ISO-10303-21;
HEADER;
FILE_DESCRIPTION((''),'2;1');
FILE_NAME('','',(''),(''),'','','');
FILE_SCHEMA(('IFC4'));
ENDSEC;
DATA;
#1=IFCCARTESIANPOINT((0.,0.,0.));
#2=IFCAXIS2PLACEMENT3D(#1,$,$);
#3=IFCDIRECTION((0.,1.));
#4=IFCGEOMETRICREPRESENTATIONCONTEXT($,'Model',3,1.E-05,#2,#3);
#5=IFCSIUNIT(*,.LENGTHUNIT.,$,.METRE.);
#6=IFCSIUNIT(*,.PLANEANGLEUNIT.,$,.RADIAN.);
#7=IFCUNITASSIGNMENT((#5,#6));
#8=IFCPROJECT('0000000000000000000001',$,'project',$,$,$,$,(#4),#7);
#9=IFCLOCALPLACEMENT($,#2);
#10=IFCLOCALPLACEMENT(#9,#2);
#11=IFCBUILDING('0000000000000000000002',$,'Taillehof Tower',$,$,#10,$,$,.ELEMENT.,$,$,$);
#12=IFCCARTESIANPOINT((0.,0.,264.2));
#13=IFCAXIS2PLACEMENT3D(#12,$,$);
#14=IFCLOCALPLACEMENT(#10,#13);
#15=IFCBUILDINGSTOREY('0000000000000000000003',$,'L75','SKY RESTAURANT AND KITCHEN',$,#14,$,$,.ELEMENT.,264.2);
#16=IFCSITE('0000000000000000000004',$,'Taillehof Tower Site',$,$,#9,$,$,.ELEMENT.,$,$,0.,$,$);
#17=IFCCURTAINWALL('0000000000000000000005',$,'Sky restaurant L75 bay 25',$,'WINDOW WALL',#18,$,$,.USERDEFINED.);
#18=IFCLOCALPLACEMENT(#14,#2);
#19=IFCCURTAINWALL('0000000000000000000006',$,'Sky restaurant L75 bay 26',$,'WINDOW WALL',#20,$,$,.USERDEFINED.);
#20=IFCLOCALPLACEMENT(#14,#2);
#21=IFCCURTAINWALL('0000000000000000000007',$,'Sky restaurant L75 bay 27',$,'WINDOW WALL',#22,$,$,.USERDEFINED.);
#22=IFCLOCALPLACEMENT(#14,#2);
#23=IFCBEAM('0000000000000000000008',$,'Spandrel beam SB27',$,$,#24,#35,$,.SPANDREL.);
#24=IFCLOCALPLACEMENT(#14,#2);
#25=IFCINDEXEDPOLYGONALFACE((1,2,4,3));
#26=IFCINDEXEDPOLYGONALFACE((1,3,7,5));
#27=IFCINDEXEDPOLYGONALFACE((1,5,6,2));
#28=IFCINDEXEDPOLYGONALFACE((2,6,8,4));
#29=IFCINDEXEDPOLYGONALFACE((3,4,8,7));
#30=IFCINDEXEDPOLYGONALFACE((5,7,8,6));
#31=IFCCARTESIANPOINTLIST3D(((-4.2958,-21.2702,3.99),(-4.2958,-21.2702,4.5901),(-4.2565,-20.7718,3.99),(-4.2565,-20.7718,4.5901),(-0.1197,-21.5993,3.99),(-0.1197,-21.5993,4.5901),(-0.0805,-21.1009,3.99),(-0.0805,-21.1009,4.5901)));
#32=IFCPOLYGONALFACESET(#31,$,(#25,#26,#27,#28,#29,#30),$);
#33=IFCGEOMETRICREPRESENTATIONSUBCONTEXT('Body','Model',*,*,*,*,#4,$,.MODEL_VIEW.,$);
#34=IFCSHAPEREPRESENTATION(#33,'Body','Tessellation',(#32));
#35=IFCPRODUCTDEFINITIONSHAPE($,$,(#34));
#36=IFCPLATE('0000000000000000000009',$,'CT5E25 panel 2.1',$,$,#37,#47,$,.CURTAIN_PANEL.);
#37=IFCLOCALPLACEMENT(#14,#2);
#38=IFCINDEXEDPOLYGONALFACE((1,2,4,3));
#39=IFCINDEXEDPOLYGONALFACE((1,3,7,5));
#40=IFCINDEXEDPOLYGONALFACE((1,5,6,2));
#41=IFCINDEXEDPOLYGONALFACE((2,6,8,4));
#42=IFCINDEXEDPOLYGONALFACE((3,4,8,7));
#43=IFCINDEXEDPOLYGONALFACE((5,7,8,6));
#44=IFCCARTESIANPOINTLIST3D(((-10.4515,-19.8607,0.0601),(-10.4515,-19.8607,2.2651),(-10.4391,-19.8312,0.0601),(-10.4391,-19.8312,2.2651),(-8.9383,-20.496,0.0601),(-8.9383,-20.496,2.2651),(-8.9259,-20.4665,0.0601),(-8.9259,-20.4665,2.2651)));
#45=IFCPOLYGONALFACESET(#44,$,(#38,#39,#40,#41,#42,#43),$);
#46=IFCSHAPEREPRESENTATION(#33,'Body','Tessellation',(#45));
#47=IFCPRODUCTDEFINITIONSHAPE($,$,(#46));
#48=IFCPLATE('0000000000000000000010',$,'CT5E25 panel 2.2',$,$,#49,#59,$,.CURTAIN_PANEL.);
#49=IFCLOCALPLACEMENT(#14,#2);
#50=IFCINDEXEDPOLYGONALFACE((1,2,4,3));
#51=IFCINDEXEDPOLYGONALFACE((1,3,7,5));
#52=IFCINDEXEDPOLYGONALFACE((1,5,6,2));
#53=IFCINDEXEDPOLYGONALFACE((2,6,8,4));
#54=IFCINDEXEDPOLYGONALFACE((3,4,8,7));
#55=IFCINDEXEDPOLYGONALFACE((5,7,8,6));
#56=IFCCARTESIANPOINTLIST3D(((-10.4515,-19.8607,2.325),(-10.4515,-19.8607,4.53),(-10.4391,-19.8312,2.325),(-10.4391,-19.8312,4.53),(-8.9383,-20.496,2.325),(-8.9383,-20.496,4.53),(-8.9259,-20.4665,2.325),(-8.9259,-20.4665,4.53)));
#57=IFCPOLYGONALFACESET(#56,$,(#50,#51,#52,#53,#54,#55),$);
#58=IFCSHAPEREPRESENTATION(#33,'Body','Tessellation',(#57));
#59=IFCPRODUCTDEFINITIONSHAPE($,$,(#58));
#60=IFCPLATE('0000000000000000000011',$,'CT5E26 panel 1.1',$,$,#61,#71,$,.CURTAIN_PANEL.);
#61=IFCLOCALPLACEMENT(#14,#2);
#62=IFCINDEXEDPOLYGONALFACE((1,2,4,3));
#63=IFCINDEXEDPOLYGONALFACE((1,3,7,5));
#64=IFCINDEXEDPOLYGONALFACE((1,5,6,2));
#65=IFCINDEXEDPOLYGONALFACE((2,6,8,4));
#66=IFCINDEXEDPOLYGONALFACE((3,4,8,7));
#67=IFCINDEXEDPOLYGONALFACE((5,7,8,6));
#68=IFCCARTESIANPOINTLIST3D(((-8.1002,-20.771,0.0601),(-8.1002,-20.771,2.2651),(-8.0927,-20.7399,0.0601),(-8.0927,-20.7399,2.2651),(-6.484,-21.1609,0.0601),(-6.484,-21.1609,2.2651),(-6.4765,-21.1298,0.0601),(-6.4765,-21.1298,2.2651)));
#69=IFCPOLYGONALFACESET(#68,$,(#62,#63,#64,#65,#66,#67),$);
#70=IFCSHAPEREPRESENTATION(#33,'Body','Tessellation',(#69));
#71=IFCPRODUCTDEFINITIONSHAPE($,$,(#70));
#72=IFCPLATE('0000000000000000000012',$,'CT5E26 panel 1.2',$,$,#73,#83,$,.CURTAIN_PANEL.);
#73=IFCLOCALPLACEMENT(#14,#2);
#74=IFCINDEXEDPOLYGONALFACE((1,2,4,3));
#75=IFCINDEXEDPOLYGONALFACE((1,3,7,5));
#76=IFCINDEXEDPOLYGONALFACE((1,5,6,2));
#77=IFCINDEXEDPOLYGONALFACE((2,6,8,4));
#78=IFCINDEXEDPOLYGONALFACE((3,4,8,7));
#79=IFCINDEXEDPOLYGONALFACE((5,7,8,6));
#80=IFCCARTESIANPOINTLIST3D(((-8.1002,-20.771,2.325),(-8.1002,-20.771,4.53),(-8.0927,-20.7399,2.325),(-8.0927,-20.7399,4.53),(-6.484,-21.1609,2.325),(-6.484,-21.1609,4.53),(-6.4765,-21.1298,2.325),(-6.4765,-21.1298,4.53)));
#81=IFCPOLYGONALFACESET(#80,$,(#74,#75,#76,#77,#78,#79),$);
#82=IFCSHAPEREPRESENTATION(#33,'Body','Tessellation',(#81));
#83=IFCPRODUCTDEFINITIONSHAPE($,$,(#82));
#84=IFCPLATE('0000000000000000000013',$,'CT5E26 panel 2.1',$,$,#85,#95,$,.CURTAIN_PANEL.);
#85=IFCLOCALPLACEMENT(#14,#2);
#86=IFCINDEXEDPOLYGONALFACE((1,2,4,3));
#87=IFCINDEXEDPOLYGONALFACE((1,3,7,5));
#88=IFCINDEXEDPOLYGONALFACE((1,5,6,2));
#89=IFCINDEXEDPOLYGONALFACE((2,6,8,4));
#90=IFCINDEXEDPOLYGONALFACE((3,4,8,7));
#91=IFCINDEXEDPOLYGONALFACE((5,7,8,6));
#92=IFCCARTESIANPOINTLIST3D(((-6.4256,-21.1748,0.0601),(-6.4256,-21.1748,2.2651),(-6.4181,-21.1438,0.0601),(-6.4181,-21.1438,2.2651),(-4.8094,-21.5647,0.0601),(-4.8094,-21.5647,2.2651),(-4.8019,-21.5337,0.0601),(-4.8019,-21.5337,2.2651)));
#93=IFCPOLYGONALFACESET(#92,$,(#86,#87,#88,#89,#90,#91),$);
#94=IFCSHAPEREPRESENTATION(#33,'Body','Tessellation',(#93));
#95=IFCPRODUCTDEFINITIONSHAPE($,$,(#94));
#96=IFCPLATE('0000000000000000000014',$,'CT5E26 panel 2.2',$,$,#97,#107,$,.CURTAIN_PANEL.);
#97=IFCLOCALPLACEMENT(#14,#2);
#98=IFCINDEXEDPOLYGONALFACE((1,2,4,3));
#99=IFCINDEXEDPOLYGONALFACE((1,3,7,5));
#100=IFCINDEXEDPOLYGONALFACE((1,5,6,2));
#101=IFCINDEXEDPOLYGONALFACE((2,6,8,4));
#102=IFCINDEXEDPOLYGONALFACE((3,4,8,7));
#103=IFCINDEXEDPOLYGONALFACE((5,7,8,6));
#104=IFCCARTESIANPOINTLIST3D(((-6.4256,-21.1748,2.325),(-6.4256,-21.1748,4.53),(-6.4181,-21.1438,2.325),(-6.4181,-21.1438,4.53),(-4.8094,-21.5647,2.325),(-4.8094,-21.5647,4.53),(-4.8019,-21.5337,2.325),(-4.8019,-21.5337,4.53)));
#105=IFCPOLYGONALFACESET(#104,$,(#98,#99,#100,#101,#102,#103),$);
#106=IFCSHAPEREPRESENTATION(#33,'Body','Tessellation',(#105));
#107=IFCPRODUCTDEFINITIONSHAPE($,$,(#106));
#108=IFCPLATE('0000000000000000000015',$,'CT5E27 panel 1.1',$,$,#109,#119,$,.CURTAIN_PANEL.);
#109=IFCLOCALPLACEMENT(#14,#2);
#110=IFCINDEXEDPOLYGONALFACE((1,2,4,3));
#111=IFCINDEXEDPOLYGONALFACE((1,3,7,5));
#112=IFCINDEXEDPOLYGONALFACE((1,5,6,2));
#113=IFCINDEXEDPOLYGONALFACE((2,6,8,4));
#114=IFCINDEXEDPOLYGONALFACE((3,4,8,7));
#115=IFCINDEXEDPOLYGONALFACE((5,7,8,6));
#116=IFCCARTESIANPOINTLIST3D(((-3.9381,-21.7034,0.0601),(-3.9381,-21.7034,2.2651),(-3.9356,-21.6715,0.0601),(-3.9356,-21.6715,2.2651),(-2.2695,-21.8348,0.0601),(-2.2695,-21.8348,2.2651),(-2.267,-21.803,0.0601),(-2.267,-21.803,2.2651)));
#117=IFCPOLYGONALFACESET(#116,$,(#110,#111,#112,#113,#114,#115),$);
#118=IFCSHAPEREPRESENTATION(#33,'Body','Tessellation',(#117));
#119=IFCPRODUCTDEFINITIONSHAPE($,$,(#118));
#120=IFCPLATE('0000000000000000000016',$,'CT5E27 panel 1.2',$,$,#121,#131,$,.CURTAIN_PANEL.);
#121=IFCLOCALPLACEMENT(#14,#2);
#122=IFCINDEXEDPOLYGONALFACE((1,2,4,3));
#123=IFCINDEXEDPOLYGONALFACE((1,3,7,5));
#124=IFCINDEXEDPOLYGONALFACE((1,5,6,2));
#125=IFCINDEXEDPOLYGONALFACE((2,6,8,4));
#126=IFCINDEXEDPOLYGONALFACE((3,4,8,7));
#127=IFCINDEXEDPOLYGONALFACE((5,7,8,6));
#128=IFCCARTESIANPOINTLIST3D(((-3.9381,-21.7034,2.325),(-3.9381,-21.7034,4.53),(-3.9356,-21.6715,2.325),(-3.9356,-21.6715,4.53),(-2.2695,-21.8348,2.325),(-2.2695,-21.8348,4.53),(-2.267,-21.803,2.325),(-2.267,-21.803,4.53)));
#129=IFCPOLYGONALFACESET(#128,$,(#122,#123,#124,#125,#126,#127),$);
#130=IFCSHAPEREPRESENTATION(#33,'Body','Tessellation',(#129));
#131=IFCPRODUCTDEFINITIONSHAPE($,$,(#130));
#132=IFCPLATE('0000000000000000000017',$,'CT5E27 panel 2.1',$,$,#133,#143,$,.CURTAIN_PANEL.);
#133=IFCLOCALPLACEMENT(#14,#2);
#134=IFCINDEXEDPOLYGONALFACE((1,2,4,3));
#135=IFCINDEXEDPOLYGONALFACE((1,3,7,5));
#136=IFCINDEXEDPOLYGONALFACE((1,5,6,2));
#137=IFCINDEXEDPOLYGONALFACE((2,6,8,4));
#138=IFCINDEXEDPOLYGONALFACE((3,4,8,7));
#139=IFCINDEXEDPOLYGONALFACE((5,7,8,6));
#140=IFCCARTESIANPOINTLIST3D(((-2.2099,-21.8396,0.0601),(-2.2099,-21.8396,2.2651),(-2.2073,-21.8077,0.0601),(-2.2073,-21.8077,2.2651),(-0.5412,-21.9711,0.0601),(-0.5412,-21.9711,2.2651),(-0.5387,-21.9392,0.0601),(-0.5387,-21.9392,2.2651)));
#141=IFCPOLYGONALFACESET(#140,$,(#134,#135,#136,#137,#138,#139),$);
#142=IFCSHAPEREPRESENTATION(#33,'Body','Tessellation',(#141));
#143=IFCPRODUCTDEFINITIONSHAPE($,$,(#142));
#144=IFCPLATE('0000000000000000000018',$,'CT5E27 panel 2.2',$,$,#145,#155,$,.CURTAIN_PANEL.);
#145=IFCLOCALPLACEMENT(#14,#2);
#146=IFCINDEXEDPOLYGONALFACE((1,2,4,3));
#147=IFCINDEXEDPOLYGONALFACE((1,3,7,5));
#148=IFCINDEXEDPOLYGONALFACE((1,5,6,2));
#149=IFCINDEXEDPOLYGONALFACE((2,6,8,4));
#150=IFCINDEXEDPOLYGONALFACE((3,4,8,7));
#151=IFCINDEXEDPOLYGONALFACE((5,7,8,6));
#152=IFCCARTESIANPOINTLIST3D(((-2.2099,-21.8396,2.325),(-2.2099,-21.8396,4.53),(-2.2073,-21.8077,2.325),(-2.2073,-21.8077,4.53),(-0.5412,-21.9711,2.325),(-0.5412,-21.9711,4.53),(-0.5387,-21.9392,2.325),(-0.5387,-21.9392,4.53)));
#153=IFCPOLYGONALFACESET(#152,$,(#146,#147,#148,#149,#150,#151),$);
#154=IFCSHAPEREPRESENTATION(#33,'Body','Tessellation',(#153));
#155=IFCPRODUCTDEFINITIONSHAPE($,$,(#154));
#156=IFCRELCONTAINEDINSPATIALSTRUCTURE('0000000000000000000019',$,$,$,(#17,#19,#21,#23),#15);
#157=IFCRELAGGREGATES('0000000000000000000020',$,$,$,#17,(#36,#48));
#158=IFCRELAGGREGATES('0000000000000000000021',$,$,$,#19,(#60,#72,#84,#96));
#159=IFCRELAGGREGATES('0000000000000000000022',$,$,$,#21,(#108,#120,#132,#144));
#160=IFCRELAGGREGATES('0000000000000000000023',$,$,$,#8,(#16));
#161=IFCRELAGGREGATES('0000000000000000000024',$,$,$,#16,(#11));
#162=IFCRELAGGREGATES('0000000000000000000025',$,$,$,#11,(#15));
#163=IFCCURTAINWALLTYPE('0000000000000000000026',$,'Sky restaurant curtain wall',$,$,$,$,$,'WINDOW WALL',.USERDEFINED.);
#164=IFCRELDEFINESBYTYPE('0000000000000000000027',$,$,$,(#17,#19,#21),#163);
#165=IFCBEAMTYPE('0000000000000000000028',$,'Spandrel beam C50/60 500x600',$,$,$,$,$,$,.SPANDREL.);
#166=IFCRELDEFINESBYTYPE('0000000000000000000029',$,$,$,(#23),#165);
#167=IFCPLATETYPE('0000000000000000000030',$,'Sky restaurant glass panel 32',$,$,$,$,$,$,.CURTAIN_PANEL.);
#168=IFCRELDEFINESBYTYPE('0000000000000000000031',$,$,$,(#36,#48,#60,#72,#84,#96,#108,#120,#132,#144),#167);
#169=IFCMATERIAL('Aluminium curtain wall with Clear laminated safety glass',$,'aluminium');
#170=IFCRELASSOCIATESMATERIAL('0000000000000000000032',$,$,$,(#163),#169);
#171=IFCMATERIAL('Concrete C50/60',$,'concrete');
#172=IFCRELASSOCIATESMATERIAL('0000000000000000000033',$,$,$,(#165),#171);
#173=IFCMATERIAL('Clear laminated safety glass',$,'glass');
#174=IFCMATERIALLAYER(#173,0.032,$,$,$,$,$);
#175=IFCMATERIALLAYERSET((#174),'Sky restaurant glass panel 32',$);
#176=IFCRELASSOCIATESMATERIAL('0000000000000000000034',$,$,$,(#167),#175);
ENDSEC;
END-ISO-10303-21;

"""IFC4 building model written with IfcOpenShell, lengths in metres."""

from ifc_helpers import new_model, si_unit, direction, frame, origin, origin_2d, place, context, subcontext, project, spatial, rectangle, extrude, material, layer, layer_set, material_profile, profile_set, type_object, element, aggregate, save


model = new_model("IFC4")

# Units and contexts
model_context = context("Model", 3, precision=1e-05, world=origin(), true_north=direction((0.0, 1.0)))
body_context = subcontext(model_context, "Body", "Model", "MODEL_VIEW")
ifc_project = project(units=[si_unit("LENGTHUNIT", "METRE"), si_unit("PLANEANGLEUNIT", "RADIAN")], contexts=[model_context])

# Site, building, storey
site_placement = place(None, origin())
site = spatial("IfcSite", under=ifc_project, at=site_placement, Name="Taillehof Tower Site", CompositionType="ELEMENT", RefElevation=0.0)
building_placement = place(site_placement, origin())
building = spatial("IfcBuilding", under=site, at=building_placement, Name="Taillehof Tower", CompositionType="ELEMENT")
storey_placement = place(building_placement, frame((0.0, 0.0, 264.2)))
storey = spatial("IfcBuildingStorey", under=building, at=storey_placement, Name="L75", Description="SKY RESTAURANT AND KITCHEN", CompositionType="ELEMENT", Elevation=264.2)

# Curtain walls
ifc_material_1 = material(Name="Aluminium curtain wall with Clear laminated safety glass", Category="aluminium")
curtain_wall_type = type_object("IfcCurtainWallType", Name="Sky restaurant curtain wall", ElementType="WINDOW WALL", PredefinedType="USERDEFINED", material=ifc_material_1)
curtain_wall_1_placement = place(storey_placement, origin())
curtain_wall_1 = element("IfcCurtainWall", 1, at=curtain_wall_1_placement, inside=storey, type_object=curtain_wall_type, Name="Sky restaurant L75 bay 25", ObjectType="WINDOW WALL", PredefinedType="USERDEFINED")
curtain_wall_2_placement = place(storey_placement, origin())
curtain_wall_2 = element("IfcCurtainWall", 2, at=curtain_wall_2_placement, inside=storey, type_object=curtain_wall_type, Name="Sky restaurant L75 bay 26", ObjectType="WINDOW WALL", PredefinedType="USERDEFINED")
curtain_wall_3_placement = place(storey_placement, origin())
curtain_wall_3 = element("IfcCurtainWall", 3, at=curtain_wall_3_placement, inside=storey, type_object=curtain_wall_type, Name="Sky restaurant L75 bay 27", ObjectType="WINDOW WALL", PredefinedType="USERDEFINED")

# Beam
ifc_material_2 = material(Name="Concrete C50/60", Category="concrete")
ifc_material_profile_1 = material_profile(ifc_material_2, rectangle(XDim=0.5, YDim=0.6001, at=origin_2d()), Name="RC 500x600")
ifc_profile_set_1 = profile_set([ifc_material_profile_1], Name="Concrete C50/60")
beam_type_1 = type_object("IfcBeamType", Name="Spandrel beam C50/60 500x600", PredefinedType="SPANDREL", material=ifc_profile_set_1)
beam_1_placement = place(storey_placement, frame((-4.2761, -21.021, 4.29), z_axis=(0.996909, -0.078564, 0.0), x_axis=(0.078564, 0.996909, 0.0)))
element("IfcBeam", 4, at=beam_1_placement, inside=storey, type_object=beam_type_1, Name="Spandrel beam SB27", PredefinedType="SPANDREL", context=body_context, shape_type="SweptSolid", body=[
    extrude(rectangle(XDim=0.5, YDim=0.6001, at=origin_2d()), origin(), (0.0, 0.0, 1.0), 4.189),
])

# Plates
ifc_material_3 = material(Name="Clear laminated safety glass", Category="glass")
ifc_layer = layer(ifc_material_3, 0.032)
ifc_layer_set = layer_set([ifc_layer], Name="Sky restaurant glass panel 32")
plate_type = type_object("IfcPlateType", Name="Sky restaurant glass panel 32", PredefinedType="CURTAIN_PANEL", material=ifc_layer_set)
plate_1_placement = place(storey_placement, frame((-9.6887, -20.1636, 0.0601), z_axis=(0.0, 0.0, 1.0), x_axis=(0.922037, -0.387101, 0.0)))
plate_1 = element("IfcPlate", 5, at=plate_1_placement, type_object=plate_type, Name="CT5E25 panel 2.1", PredefinedType="CURTAIN_PANEL", context=body_context, shape_type="SweptSolid", body=[
    extrude(rectangle(XDim=1.6411, YDim=0.032, at=origin_2d()), origin(), (0.0, 0.0, 1.0), 2.2051),
])
plate_2_placement = place(storey_placement, frame((-9.6887, -20.1636, 2.325), z_axis=(0.0, 0.0, 1.0), x_axis=(0.922037, -0.387101, 0.0)))
plate_2 = element("IfcPlate", 6, at=plate_2_placement, type_object=plate_type, Name="CT5E25 panel 2.2", PredefinedType="CURTAIN_PANEL", context=body_context, shape_type="SweptSolid", body=[
    extrude(rectangle(XDim=1.6411, YDim=0.032, at=origin_2d()), origin(), (0.0, 0.0, 1.0), 2.2051),
])
aggregate(curtain_wall_1, [plate_1, plate_2])
plate_3_placement = place(storey_placement, frame((-7.2883, -20.9504, 0.0601), z_axis=(0.0, 0.0, 1.0), x_axis=(0.972113, -0.234515, 0.0)))
plate_3 = element("IfcPlate", 7, at=plate_3_placement, type_object=plate_type, Name="CT5E26 panel 1.1", PredefinedType="CURTAIN_PANEL", context=body_context, shape_type="SweptSolid", body=[
    extrude(rectangle(XDim=1.6626, YDim=0.032, at=origin_2d()), origin(), (0.0, 0.0, 1.0), 2.2051),
])
plate_4_placement = place(storey_placement, frame((-7.2883, -20.9504, 2.325), z_axis=(0.0, 0.0, 1.0), x_axis=(0.972113, -0.234515, 0.0)))
plate_4 = element("IfcPlate", 8, at=plate_4_placement, type_object=plate_type, Name="CT5E26 panel 1.2", PredefinedType="CURTAIN_PANEL", context=body_context, shape_type="SweptSolid", body=[
    extrude(rectangle(XDim=1.6626, YDim=0.032, at=origin_2d()), origin(), (0.0, 0.0, 1.0), 2.2051),
])
plate_5_placement = place(storey_placement, frame((-5.6138, -21.3542, 0.0601), z_axis=(0.0, 0.0, 1.0), x_axis=(0.972113, -0.234515, 0.0)))
plate_5 = element("IfcPlate", 9, at=plate_5_placement, type_object=plate_type, Name="CT5E26 panel 2.1", PredefinedType="CURTAIN_PANEL", context=body_context, shape_type="SweptSolid", body=[
    extrude(rectangle(XDim=1.6626, YDim=0.032, at=origin_2d()), origin(), (0.0, 0.0, 1.0), 2.2051),
])
plate_6_placement = place(storey_placement, frame((-5.6138, -21.3542, 2.325), z_axis=(0.0, 0.0, 1.0), x_axis=(0.972113, -0.234515, 0.0)))
plate_6 = element("IfcPlate", 10, at=plate_6_placement, type_object=plate_type, Name="CT5E26 panel 2.2", PredefinedType="CURTAIN_PANEL", context=body_context, shape_type="SweptSolid", body=[
    extrude(rectangle(XDim=1.6626, YDim=0.032, at=origin_2d()), origin(), (0.0, 0.0, 1.0), 2.2051),
])
aggregate(curtain_wall_2, [plate_3, plate_4, plate_5, plate_6])
plate_7_placement = place(storey_placement, frame((-3.1025, -21.7532, 0.0601), z_axis=(0.0, 0.0, 1.0), x_axis=(0.996912, -0.078525, 0.0)))
plate_7 = element("IfcPlate", 11, at=plate_7_placement, type_object=plate_type, Name="CT5E27 panel 1.1", PredefinedType="CURTAIN_PANEL", context=body_context, shape_type="SweptSolid", body=[
    extrude(rectangle(XDim=1.6738, YDim=0.032, at=origin_2d()), origin(), (0.0, 0.0, 1.0), 2.2051),
])
plate_8_placement = place(storey_placement, frame((-3.1025, -21.7532, 2.325), z_axis=(0.0, 0.0, 1.0), x_axis=(0.996912, -0.078525, 0.0)))
plate_8 = element("IfcPlate", 12, at=plate_8_placement, type_object=plate_type, Name="CT5E27 panel 1.2", PredefinedType="CURTAIN_PANEL", context=body_context, shape_type="SweptSolid", body=[
    extrude(rectangle(XDim=1.6738, YDim=0.032, at=origin_2d()), origin(), (0.0, 0.0, 1.0), 2.2051),
])
plate_9_placement = place(storey_placement, frame((-1.3743, -21.8894, 0.0601), z_axis=(0.0, 0.0, 1.0), x_axis=(0.996912, -0.078525, 0.0)))
plate_9 = element("IfcPlate", 13, at=plate_9_placement, type_object=plate_type, Name="CT5E27 panel 2.1", PredefinedType="CURTAIN_PANEL", context=body_context, shape_type="SweptSolid", body=[
    extrude(rectangle(XDim=1.6738, YDim=0.032, at=origin_2d()), origin(), (0.0, 0.0, 1.0), 2.2051),
])
plate_10_placement = place(storey_placement, frame((-1.3743, -21.8894, 2.325), z_axis=(0.0, 0.0, 1.0), x_axis=(0.996912, -0.078525, 0.0)))
plate_10 = element("IfcPlate", 14, at=plate_10_placement, type_object=plate_type, Name="CT5E27 panel 2.2", PredefinedType="CURTAIN_PANEL", context=body_context, shape_type="SweptSolid", body=[
    extrude(rectangle(XDim=1.6738, YDim=0.032, at=origin_2d()), origin(), (0.0, 0.0, 1.0), 2.2051),
])
aggregate(curtain_wall_3, [plate_7, plate_8, plate_9, plate_10])

save(model, "model.ifc")
